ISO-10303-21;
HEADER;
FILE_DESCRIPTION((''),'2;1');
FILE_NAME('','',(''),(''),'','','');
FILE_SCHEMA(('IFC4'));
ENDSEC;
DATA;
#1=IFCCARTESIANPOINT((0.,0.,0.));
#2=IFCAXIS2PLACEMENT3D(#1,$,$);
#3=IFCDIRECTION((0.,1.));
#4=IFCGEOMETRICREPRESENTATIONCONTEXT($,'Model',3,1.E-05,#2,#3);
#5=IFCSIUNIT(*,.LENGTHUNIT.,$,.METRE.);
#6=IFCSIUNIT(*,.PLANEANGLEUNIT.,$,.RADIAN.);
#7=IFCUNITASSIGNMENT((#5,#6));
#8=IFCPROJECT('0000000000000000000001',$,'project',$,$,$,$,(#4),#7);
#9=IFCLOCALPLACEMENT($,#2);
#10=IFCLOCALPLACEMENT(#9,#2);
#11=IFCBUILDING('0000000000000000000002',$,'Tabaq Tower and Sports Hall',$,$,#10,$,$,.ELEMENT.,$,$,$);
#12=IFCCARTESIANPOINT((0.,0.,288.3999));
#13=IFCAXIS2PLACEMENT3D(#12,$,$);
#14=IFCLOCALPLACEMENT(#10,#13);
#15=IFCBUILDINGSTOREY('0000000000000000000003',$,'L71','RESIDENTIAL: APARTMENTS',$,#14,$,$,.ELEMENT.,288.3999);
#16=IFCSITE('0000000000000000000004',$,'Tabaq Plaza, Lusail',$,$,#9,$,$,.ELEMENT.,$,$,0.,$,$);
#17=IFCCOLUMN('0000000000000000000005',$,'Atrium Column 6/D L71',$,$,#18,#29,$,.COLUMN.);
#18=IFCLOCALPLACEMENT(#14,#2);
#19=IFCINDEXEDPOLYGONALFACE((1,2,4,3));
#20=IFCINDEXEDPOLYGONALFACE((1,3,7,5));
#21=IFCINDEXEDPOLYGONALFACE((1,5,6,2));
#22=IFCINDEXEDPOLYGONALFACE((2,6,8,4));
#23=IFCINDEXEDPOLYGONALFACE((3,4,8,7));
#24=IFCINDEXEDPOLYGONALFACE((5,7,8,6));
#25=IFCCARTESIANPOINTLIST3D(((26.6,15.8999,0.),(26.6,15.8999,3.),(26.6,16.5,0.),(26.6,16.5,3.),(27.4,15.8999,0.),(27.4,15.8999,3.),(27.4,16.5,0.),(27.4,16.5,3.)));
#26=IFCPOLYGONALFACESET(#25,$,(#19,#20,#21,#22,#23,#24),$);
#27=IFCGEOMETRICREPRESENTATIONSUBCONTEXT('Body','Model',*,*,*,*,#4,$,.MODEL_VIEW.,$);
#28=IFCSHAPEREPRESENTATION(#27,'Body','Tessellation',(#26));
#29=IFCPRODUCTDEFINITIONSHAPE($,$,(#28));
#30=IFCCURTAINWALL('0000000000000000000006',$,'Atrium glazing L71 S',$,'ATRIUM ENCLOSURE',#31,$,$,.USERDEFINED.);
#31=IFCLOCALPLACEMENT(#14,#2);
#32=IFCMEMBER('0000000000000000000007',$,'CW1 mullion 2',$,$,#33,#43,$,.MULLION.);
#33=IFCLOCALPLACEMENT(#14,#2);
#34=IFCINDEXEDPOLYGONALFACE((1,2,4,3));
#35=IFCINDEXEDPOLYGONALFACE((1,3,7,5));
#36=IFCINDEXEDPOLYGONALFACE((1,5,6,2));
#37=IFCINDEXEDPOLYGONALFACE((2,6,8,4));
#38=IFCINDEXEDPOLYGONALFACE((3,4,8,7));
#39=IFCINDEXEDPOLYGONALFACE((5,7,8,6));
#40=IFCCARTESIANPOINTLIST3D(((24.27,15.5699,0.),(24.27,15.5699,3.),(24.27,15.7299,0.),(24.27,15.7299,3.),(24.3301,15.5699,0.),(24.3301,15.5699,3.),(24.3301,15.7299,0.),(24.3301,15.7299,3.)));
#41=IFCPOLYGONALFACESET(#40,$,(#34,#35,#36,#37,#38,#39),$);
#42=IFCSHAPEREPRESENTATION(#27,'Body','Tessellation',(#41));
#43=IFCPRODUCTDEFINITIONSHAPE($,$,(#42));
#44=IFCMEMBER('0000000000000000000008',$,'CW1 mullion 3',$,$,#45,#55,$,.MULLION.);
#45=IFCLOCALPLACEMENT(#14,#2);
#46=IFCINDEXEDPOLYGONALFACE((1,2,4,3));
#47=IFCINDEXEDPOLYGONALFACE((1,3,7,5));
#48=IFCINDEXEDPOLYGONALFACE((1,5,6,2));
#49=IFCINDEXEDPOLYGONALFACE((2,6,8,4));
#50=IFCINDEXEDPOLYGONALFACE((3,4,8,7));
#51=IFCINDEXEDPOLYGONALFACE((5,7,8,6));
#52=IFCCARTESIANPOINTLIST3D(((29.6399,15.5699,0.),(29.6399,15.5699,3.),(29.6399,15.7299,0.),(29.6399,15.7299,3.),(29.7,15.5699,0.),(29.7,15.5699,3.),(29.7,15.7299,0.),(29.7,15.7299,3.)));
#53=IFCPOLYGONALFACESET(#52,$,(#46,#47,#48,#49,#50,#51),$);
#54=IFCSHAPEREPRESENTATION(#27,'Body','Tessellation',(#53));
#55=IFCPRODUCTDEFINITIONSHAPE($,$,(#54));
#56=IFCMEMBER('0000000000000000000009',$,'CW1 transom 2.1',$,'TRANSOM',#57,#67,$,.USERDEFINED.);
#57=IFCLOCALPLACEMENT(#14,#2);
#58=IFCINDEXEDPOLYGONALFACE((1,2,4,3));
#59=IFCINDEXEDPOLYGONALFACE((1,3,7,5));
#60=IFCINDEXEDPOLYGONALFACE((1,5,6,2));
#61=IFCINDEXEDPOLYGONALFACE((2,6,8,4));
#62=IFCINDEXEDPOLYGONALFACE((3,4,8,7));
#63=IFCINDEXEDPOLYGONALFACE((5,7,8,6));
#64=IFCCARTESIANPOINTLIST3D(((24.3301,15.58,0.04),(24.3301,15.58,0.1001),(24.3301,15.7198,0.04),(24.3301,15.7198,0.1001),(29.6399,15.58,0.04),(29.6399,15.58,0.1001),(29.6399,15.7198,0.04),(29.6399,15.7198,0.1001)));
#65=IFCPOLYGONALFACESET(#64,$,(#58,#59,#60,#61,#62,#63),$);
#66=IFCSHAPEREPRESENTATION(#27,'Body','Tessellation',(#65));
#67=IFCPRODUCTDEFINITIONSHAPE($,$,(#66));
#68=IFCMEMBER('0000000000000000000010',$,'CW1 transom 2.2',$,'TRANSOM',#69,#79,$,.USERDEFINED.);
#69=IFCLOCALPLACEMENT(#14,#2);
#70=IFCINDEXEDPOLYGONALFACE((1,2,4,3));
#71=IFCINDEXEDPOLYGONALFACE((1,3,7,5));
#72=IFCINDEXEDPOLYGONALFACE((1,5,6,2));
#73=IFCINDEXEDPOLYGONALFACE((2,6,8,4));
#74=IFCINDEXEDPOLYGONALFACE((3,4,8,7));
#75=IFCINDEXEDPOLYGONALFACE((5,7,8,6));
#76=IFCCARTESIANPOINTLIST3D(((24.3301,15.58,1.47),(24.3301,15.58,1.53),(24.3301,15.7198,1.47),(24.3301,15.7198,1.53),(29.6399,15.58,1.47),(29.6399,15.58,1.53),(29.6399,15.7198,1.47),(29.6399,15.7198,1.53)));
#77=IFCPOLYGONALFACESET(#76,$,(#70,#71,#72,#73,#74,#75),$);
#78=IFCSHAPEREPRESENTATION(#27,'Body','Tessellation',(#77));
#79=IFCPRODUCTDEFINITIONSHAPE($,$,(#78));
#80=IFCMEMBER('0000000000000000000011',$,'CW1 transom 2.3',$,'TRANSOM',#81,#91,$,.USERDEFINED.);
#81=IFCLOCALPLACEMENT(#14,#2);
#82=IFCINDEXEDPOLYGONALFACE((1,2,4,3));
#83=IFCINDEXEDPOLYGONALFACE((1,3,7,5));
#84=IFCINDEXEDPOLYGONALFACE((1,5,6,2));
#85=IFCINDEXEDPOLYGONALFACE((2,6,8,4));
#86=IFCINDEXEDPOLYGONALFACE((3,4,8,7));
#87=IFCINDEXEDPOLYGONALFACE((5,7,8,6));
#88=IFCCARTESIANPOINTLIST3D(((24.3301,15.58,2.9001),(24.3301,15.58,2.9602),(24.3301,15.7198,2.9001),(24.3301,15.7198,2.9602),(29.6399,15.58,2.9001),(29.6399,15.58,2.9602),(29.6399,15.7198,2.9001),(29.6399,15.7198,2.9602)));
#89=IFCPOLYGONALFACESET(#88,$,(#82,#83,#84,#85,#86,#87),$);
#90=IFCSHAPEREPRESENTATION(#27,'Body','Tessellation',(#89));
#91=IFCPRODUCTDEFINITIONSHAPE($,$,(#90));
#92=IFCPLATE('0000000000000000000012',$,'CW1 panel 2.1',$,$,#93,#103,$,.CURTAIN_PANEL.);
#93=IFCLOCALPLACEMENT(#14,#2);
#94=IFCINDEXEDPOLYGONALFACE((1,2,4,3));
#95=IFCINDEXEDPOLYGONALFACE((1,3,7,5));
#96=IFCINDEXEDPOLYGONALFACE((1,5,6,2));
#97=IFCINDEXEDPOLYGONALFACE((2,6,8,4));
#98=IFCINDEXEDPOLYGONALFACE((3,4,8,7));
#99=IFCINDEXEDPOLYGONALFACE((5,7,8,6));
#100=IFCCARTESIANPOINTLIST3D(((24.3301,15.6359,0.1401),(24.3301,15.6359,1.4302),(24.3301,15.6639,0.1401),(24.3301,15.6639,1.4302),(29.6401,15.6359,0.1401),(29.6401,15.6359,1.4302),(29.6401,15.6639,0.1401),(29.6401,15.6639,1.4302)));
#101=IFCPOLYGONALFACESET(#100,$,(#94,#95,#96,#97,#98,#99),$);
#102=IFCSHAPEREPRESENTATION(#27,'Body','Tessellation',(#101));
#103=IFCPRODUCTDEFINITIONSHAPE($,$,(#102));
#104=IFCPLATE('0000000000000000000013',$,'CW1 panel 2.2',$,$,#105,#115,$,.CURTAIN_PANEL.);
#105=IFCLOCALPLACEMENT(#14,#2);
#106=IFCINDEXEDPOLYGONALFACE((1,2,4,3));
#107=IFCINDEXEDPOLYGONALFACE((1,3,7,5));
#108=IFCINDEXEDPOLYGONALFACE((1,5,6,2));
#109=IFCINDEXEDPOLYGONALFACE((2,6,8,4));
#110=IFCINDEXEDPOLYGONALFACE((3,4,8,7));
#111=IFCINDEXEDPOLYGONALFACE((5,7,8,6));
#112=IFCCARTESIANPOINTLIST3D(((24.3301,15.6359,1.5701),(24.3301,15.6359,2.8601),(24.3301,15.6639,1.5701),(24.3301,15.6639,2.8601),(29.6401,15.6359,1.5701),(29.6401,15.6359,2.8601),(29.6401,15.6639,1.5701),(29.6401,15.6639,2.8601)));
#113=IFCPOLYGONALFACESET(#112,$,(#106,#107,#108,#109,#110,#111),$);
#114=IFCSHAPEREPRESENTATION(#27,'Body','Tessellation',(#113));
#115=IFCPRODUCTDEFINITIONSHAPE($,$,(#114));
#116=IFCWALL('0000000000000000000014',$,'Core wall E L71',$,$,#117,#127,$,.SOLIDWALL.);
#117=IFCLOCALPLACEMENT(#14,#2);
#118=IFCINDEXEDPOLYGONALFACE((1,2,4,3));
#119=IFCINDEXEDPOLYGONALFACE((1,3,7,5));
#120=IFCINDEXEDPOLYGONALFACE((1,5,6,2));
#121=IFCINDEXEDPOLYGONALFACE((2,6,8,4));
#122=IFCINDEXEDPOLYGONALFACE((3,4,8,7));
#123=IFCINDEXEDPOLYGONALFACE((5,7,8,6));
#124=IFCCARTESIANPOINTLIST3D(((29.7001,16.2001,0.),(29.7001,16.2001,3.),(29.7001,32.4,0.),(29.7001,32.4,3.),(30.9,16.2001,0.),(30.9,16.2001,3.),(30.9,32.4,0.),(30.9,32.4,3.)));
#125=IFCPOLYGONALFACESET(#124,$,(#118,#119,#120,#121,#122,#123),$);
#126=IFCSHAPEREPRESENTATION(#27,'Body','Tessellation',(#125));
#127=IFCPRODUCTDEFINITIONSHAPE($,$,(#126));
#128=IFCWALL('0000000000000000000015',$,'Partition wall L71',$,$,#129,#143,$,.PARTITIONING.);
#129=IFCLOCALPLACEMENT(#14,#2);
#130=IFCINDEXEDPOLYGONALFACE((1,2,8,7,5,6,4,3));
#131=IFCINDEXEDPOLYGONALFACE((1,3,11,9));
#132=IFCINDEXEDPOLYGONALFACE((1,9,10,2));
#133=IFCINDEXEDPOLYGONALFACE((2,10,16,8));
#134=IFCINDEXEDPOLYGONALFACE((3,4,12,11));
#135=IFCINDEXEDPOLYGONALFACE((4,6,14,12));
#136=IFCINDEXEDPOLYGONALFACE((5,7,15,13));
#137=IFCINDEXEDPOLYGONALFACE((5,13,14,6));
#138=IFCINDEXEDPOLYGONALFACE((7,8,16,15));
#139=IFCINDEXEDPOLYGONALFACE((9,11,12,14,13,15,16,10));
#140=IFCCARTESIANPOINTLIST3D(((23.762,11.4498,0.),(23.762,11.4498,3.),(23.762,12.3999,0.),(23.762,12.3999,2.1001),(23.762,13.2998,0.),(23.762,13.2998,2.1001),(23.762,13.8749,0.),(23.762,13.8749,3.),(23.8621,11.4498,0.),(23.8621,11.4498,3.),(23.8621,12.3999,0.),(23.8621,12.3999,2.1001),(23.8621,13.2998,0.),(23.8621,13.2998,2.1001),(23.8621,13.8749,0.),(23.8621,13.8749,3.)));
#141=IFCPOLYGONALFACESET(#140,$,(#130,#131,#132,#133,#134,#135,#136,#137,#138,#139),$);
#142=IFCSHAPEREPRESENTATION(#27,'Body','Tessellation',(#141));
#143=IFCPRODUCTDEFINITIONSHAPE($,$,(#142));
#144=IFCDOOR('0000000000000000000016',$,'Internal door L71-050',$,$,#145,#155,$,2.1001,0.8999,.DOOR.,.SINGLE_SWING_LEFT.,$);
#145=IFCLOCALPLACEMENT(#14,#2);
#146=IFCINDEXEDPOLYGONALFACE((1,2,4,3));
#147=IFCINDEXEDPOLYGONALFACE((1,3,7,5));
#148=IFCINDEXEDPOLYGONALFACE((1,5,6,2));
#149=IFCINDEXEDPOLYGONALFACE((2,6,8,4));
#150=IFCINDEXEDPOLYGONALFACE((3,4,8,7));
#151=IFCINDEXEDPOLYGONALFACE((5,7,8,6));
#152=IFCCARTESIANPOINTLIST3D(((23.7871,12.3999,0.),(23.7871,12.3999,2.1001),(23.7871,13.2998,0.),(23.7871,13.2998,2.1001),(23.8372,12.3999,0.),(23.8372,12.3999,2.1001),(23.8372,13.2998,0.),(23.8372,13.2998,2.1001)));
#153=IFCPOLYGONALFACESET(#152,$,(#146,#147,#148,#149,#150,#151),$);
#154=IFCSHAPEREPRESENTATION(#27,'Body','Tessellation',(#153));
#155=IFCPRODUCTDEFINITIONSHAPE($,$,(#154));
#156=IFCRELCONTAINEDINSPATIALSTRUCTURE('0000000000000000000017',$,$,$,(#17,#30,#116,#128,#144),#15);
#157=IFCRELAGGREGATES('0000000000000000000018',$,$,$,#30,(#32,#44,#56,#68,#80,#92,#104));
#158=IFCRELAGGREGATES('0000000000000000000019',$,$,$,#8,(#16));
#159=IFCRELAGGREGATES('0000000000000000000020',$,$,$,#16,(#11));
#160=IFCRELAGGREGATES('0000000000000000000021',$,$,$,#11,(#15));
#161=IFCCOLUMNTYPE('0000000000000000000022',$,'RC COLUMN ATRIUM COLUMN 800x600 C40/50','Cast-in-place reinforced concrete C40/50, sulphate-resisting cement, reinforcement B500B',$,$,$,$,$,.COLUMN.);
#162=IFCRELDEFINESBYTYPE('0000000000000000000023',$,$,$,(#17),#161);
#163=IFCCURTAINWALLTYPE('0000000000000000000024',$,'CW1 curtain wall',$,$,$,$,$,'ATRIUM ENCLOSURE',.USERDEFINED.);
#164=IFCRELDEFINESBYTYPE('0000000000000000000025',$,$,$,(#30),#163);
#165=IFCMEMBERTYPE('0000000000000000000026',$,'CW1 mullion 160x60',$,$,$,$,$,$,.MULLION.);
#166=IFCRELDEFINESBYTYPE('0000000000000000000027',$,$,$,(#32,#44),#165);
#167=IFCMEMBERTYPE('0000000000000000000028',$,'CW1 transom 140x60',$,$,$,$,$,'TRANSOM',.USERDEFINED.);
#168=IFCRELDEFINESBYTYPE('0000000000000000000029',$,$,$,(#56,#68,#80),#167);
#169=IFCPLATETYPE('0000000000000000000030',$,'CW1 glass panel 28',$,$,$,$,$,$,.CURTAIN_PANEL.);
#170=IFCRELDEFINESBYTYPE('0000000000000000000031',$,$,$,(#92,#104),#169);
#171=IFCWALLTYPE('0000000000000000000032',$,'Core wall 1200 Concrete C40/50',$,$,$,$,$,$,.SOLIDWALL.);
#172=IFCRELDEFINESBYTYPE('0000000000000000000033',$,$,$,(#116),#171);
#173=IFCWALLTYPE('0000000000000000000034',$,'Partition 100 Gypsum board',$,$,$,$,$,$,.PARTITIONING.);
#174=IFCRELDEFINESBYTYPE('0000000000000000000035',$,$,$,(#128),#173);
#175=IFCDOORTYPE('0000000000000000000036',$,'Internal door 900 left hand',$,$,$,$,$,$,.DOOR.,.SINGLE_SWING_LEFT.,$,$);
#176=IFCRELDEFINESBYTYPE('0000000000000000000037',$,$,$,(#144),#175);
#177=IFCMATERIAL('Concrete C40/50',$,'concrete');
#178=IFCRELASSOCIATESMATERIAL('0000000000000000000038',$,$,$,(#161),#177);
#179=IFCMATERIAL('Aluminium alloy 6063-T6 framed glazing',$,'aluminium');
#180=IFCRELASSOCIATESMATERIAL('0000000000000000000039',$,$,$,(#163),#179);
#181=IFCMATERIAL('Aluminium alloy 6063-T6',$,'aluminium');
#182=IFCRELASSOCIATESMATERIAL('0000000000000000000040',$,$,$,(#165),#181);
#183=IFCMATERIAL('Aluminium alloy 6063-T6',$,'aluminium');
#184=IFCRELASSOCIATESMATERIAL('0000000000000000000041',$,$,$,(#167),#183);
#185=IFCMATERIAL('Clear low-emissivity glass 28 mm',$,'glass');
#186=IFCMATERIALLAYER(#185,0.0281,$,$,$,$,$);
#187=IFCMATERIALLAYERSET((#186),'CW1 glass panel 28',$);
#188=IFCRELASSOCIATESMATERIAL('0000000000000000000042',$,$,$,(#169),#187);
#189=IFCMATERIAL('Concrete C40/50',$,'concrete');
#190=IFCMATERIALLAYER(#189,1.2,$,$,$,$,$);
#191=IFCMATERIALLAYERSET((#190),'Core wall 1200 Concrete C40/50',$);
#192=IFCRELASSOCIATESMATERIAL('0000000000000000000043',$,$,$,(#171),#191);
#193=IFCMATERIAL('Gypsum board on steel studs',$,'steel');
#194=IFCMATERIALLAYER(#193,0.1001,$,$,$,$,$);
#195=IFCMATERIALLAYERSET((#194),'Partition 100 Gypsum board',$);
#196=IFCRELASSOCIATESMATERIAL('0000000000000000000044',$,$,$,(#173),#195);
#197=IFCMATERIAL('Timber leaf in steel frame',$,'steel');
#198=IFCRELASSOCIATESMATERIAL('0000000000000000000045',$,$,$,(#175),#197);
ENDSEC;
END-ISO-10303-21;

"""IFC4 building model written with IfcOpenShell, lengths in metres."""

from ifc_helpers import new_model, si_unit, direction, frame, frame_2d, origin, origin_2d, place, context, subcontext, project, spatial, rectangle, extrude, material, layer, layer_set, material_profile, profile_set, type_object, element, fill, aggregate, save


model = new_model("IFC4")

# Units and contexts
model_context = context("Model", 3, precision=1e-05, world=origin(), true_north=direction((0.0, 1.0)))
body_context = subcontext(model_context, "Body", "Model", "MODEL_VIEW")
ifc_project = project(units=[si_unit("LENGTHUNIT", "METRE"), si_unit("PLANEANGLEUNIT", "RADIAN")], contexts=[model_context])

# Site, building, storey
site_placement = place(None, origin())
site = spatial("IfcSite", under=ifc_project, at=site_placement, Name="Tabaq Plaza, Lusail", CompositionType="ELEMENT", RefElevation=0.0)
building_placement = place(site_placement, origin())
building = spatial("IfcBuilding", under=site, at=building_placement, Name="Tabaq Tower and Sports Hall", CompositionType="ELEMENT")
storey_placement = place(building_placement, frame((0.0, 0.0, 288.3999)))
storey = spatial("IfcBuildingStorey", under=building, at=storey_placement, Name="L71", Description="RESIDENTIAL: APARTMENTS", CompositionType="ELEMENT", Elevation=288.3999)

# Column
ifc_material_1 = material(Name="Concrete C40/50", Category="concrete")
ifc_material_profile_1 = material_profile(ifc_material_1, rectangle(XDim=0.8, YDim=0.6001, at=origin_2d()), Name="ATRIUM COLUMN 800x600")
ifc_profile_set_1 = profile_set([ifc_material_profile_1], Name="Concrete C40/50")
column_type = type_object("IfcColumnType", Name="RC COLUMN ATRIUM COLUMN 800x600 C40/50", Description="Cast-in-place reinforced concrete C40/50, sulphate-resisting cement, reinforcement B500B", PredefinedType="COLUMN", material=ifc_profile_set_1)
column_placement = place(storey_placement, frame((27.0, 16.2, 0.0), z_axis=(0.0, 0.0, 1.0), x_axis=(1.0, 0.0, 0.0)))
element("IfcColumn", 1, at=column_placement, inside=storey, type_object=column_type, Name="Atrium Column 6/D L71", PredefinedType="COLUMN", context=body_context, shape_type="SweptSolid", body=[
    extrude(rectangle(XDim=0.8, YDim=0.6001, at=origin_2d()), origin(), (0.0, 0.0, 1.0), 3.0),
])

# Curtain wall, members, plates
ifc_material_2 = material(Name="Aluminium alloy 6063-T6 framed glazing", Category="aluminium")
curtain_wall_type = type_object("IfcCurtainWallType", Name="CW1 curtain wall", ElementType="ATRIUM ENCLOSURE", PredefinedType="USERDEFINED", material=ifc_material_2)
curtain_wall_placement = place(storey_placement, origin())
curtain_wall = element("IfcCurtainWall", 2, at=curtain_wall_placement, inside=storey, type_object=curtain_wall_type, Name="Atrium glazing L71 S", ObjectType="ATRIUM ENCLOSURE", PredefinedType="USERDEFINED")
ifc_material_3 = material(Name="Aluminium alloy 6063-T6", Category="aluminium")
ifc_material_profile_2 = material_profile(ifc_material_3, rectangle(XDim=0.1599, YDim=0.0601, at=origin_2d()), Name="MULLION 160x60")
ifc_profile_set_2 = profile_set([ifc_material_profile_2], Name="Aluminium alloy 6063-T6")
member_type_1 = type_object("IfcMemberType", Name="CW1 mullion 160x60", PredefinedType="MULLION", material=ifc_profile_set_2)
member_1_placement = place(storey_placement, frame((24.3, 15.6499, 0.0), z_axis=(0.0, 0.0, 1.0), x_axis=(0.0, 1.0, 0.0)))
member_1 = element("IfcMember", 3, at=member_1_placement, type_object=member_type_1, Name="CW1 mullion 2", PredefinedType="MULLION", context=body_context, shape_type="SweptSolid", body=[
    extrude(rectangle(XDim=0.1599, YDim=0.0601, at=origin_2d()), origin(), (0.0, 0.0, 1.0), 3.0),
])
member_2_placement = place(storey_placement, frame((29.6699, 15.6499, 0.0), z_axis=(0.0, 0.0, 1.0), x_axis=(0.0, 1.0, 0.0)))
member_2 = element("IfcMember", 4, at=member_2_placement, type_object=member_type_1, Name="CW1 mullion 3", PredefinedType="MULLION", context=body_context, shape_type="SweptSolid", body=[
    extrude(rectangle(XDim=0.1599, YDim=0.0601, at=origin_2d()), origin(), (0.0, 0.0, 1.0), 3.0),
])
ifc_material_4 = material(Name="Aluminium alloy 6063-T6", Category="aluminium")
ifc_material_profile_3 = material_profile(ifc_material_4, rectangle(XDim=0.1399, YDim=0.0601, at=origin_2d()), Name="TRANSOM 140x60")
ifc_profile_set_3 = profile_set([ifc_material_profile_3], Name="Aluminium alloy 6063-T6")
member_type_2 = type_object("IfcMemberType", Name="CW1 transom 140x60", ElementType="TRANSOM", PredefinedType="USERDEFINED", material=ifc_profile_set_3)
member_3_placement = place(storey_placement, frame((24.3301, 15.6499, 0.0701), z_axis=(1.0, 0.0, 0.0), x_axis=(0.0, 1.0, 0.0)))
member_3 = element("IfcMember", 5, at=member_3_placement, type_object=member_type_2, Name="CW1 transom 2.1", ObjectType="TRANSOM", PredefinedType="USERDEFINED", context=body_context, shape_type="SweptSolid", body=[
    extrude(rectangle(XDim=0.1399, YDim=0.0601, at=origin_2d()), origin(), (0.0, 0.0, 1.0), 5.3098),
])
member_4_placement = place(storey_placement, frame((24.3301, 15.6499, 1.5), z_axis=(1.0, 0.0, 0.0), x_axis=(0.0, 1.0, 0.0)))
member_4 = element("IfcMember", 6, at=member_4_placement, type_object=member_type_2, Name="CW1 transom 2.2", ObjectType="TRANSOM", PredefinedType="USERDEFINED", context=body_context, shape_type="SweptSolid", body=[
    extrude(rectangle(XDim=0.1399, YDim=0.0601, at=origin_2d()), origin(), (0.0, 0.0, 1.0), 5.3098),
])
member_5_placement = place(storey_placement, frame((24.3301, 15.6499, 2.9302), z_axis=(1.0, 0.0, 0.0), x_axis=(0.0, 1.0, 0.0)))
member_5 = element("IfcMember", 7, at=member_5_placement, type_object=member_type_2, Name="CW1 transom 2.3", ObjectType="TRANSOM", PredefinedType="USERDEFINED", context=body_context, shape_type="SweptSolid", body=[
    extrude(rectangle(XDim=0.1399, YDim=0.0601, at=origin_2d()), origin(), (0.0, 0.0, 1.0), 5.3098),
])
ifc_material_5 = material(Name="Clear low-emissivity glass 28 mm", Category="glass")
ifc_layer_1 = layer(ifc_material_5, 0.0281)
ifc_layer_set_1 = layer_set([ifc_layer_1], Name="CW1 glass panel 28")
plate_type = type_object("IfcPlateType", Name="CW1 glass panel 28", PredefinedType="CURTAIN_PANEL", material=ifc_layer_set_1)
plate_1_placement = place(storey_placement, frame((26.9851, 15.6499, 0.1401), z_axis=(0.0, 0.0, 1.0), x_axis=(1.0, 0.0, 0.0)))
plate_1 = element("IfcPlate", 8, at=plate_1_placement, type_object=plate_type, Name="CW1 panel 2.1", PredefinedType="CURTAIN_PANEL", context=body_context, shape_type="SweptSolid", body=[
    extrude(rectangle(XDim=5.3101, YDim=0.0281, at=origin_2d()), origin(), (0.0, 0.0, 1.0), 1.29),
])
plate_2_placement = place(storey_placement, frame((26.9851, 15.6499, 1.5701), z_axis=(0.0, 0.0, 1.0), x_axis=(1.0, 0.0, 0.0)))
plate_2 = element("IfcPlate", 9, at=plate_2_placement, type_object=plate_type, Name="CW1 panel 2.2", PredefinedType="CURTAIN_PANEL", context=body_context, shape_type="SweptSolid", body=[
    extrude(rectangle(XDim=5.3101, YDim=0.0281, at=origin_2d()), origin(), (0.0, 0.0, 1.0), 1.29),
])
aggregate(curtain_wall, [member_1, member_2, member_3, member_4, member_5, plate_1, plate_2])

# Wall
ifc_material_6 = material(Name="Concrete C40/50", Category="concrete")
ifc_layer_2 = layer(ifc_material_6, 1.2)
ifc_layer_set_2 = layer_set([ifc_layer_2], Name="Core wall 1200 Concrete C40/50")
wall_type_1 = type_object("IfcWallType", Name="Core wall 1200 Concrete C40/50", PredefinedType="SOLIDWALL", material=ifc_layer_set_2)
wall_1_placement = place(storey_placement, frame((30.3, 16.2, 0.0), z_axis=(0.0, 0.0, 1.0), x_axis=(0.0, 1.0, 0.0)))
element("IfcWall", 10, at=wall_1_placement, inside=storey, type_object=wall_type_1, Name="Core wall E L71", PredefinedType="SOLIDWALL", context=body_context, shape_type="SweptSolid", body=[
    extrude(rectangle(XDim=16.2, YDim=1.2, at=frame_2d((8.1001, 0.0))), origin(), (0.0, 0.0, 1.0), 3.0),
])

# Wall, opening, door
ifc_material_7 = material(Name="Gypsum board on steel studs", Category="steel")
ifc_layer_3 = layer(ifc_material_7, 0.1001)
ifc_layer_set_3 = layer_set([ifc_layer_3], Name="Partition 100 Gypsum board")
wall_type_2 = type_object("IfcWallType", Name="Partition 100 Gypsum board", PredefinedType="PARTITIONING", material=ifc_layer_set_3)
wall_2_placement = place(storey_placement, frame((23.812, 11.45, 0.0), z_axis=(0.0, 0.0, 1.0), x_axis=(0.0, 1.0, 0.0)))
wall_2 = element("IfcWall", 11, at=wall_2_placement, inside=storey, type_object=wall_type_2, Name="Partition wall L71", PredefinedType="PARTITIONING", context=body_context, shape_type="SweptSolid", body=[
    extrude(rectangle(XDim=2.425, YDim=0.1001, at=frame_2d((1.2124, 0.0))), origin(), (0.0, 0.0, 1.0), 3.0),
])
opening_1_placement = place(wall_2_placement, frame((0.95, 0.0, 0.0)))
opening_1 = element("IfcOpeningElement", 12, at=opening_1_placement, cuts=wall_2, PredefinedType="OPENING", context=body_context, shape_type="SweptSolid", body=[
    extrude(rectangle(XDim=0.8999, YDim=2.1001, at=frame_2d((0.45, 1.05))), frame((0.0, 0.05, 0.0), z_axis=(0.0, -1.0, 0.0), x_axis=(1.0, 0.0, 0.0)), (0.0, 0.0, 1.0), 0.1001),
])
ifc_material_8 = material(Name="Timber leaf in steel frame", Category="steel")
door_type = type_object("IfcDoorType", Name="Internal door 900 left hand", OperationType="SINGLE_SWING_LEFT", PredefinedType="DOOR", material=ifc_material_8)
door_1_placement = place(opening_1_placement, origin())
door_1 = element("IfcDoor", 13, at=door_1_placement, inside=storey, type_object=door_type, Name="Internal door L71-050", OperationType="SINGLE_SWING_LEFT", OverallHeight=2.1001, OverallWidth=0.8999, PredefinedType="DOOR", context=body_context, shape_type="SweptSolid", body=[
    extrude(rectangle(XDim=0.8999, YDim=2.1001, at=frame_2d((0.45, 1.05))), frame((0.0, 0.0249, 0.0), z_axis=(0.0, -1.0, 0.0), x_axis=(1.0, 0.0, 0.0)), (0.0, 0.0, 1.0), 0.05),
])
fill(opening_1, door_1)

save(model, "model.ifc")
